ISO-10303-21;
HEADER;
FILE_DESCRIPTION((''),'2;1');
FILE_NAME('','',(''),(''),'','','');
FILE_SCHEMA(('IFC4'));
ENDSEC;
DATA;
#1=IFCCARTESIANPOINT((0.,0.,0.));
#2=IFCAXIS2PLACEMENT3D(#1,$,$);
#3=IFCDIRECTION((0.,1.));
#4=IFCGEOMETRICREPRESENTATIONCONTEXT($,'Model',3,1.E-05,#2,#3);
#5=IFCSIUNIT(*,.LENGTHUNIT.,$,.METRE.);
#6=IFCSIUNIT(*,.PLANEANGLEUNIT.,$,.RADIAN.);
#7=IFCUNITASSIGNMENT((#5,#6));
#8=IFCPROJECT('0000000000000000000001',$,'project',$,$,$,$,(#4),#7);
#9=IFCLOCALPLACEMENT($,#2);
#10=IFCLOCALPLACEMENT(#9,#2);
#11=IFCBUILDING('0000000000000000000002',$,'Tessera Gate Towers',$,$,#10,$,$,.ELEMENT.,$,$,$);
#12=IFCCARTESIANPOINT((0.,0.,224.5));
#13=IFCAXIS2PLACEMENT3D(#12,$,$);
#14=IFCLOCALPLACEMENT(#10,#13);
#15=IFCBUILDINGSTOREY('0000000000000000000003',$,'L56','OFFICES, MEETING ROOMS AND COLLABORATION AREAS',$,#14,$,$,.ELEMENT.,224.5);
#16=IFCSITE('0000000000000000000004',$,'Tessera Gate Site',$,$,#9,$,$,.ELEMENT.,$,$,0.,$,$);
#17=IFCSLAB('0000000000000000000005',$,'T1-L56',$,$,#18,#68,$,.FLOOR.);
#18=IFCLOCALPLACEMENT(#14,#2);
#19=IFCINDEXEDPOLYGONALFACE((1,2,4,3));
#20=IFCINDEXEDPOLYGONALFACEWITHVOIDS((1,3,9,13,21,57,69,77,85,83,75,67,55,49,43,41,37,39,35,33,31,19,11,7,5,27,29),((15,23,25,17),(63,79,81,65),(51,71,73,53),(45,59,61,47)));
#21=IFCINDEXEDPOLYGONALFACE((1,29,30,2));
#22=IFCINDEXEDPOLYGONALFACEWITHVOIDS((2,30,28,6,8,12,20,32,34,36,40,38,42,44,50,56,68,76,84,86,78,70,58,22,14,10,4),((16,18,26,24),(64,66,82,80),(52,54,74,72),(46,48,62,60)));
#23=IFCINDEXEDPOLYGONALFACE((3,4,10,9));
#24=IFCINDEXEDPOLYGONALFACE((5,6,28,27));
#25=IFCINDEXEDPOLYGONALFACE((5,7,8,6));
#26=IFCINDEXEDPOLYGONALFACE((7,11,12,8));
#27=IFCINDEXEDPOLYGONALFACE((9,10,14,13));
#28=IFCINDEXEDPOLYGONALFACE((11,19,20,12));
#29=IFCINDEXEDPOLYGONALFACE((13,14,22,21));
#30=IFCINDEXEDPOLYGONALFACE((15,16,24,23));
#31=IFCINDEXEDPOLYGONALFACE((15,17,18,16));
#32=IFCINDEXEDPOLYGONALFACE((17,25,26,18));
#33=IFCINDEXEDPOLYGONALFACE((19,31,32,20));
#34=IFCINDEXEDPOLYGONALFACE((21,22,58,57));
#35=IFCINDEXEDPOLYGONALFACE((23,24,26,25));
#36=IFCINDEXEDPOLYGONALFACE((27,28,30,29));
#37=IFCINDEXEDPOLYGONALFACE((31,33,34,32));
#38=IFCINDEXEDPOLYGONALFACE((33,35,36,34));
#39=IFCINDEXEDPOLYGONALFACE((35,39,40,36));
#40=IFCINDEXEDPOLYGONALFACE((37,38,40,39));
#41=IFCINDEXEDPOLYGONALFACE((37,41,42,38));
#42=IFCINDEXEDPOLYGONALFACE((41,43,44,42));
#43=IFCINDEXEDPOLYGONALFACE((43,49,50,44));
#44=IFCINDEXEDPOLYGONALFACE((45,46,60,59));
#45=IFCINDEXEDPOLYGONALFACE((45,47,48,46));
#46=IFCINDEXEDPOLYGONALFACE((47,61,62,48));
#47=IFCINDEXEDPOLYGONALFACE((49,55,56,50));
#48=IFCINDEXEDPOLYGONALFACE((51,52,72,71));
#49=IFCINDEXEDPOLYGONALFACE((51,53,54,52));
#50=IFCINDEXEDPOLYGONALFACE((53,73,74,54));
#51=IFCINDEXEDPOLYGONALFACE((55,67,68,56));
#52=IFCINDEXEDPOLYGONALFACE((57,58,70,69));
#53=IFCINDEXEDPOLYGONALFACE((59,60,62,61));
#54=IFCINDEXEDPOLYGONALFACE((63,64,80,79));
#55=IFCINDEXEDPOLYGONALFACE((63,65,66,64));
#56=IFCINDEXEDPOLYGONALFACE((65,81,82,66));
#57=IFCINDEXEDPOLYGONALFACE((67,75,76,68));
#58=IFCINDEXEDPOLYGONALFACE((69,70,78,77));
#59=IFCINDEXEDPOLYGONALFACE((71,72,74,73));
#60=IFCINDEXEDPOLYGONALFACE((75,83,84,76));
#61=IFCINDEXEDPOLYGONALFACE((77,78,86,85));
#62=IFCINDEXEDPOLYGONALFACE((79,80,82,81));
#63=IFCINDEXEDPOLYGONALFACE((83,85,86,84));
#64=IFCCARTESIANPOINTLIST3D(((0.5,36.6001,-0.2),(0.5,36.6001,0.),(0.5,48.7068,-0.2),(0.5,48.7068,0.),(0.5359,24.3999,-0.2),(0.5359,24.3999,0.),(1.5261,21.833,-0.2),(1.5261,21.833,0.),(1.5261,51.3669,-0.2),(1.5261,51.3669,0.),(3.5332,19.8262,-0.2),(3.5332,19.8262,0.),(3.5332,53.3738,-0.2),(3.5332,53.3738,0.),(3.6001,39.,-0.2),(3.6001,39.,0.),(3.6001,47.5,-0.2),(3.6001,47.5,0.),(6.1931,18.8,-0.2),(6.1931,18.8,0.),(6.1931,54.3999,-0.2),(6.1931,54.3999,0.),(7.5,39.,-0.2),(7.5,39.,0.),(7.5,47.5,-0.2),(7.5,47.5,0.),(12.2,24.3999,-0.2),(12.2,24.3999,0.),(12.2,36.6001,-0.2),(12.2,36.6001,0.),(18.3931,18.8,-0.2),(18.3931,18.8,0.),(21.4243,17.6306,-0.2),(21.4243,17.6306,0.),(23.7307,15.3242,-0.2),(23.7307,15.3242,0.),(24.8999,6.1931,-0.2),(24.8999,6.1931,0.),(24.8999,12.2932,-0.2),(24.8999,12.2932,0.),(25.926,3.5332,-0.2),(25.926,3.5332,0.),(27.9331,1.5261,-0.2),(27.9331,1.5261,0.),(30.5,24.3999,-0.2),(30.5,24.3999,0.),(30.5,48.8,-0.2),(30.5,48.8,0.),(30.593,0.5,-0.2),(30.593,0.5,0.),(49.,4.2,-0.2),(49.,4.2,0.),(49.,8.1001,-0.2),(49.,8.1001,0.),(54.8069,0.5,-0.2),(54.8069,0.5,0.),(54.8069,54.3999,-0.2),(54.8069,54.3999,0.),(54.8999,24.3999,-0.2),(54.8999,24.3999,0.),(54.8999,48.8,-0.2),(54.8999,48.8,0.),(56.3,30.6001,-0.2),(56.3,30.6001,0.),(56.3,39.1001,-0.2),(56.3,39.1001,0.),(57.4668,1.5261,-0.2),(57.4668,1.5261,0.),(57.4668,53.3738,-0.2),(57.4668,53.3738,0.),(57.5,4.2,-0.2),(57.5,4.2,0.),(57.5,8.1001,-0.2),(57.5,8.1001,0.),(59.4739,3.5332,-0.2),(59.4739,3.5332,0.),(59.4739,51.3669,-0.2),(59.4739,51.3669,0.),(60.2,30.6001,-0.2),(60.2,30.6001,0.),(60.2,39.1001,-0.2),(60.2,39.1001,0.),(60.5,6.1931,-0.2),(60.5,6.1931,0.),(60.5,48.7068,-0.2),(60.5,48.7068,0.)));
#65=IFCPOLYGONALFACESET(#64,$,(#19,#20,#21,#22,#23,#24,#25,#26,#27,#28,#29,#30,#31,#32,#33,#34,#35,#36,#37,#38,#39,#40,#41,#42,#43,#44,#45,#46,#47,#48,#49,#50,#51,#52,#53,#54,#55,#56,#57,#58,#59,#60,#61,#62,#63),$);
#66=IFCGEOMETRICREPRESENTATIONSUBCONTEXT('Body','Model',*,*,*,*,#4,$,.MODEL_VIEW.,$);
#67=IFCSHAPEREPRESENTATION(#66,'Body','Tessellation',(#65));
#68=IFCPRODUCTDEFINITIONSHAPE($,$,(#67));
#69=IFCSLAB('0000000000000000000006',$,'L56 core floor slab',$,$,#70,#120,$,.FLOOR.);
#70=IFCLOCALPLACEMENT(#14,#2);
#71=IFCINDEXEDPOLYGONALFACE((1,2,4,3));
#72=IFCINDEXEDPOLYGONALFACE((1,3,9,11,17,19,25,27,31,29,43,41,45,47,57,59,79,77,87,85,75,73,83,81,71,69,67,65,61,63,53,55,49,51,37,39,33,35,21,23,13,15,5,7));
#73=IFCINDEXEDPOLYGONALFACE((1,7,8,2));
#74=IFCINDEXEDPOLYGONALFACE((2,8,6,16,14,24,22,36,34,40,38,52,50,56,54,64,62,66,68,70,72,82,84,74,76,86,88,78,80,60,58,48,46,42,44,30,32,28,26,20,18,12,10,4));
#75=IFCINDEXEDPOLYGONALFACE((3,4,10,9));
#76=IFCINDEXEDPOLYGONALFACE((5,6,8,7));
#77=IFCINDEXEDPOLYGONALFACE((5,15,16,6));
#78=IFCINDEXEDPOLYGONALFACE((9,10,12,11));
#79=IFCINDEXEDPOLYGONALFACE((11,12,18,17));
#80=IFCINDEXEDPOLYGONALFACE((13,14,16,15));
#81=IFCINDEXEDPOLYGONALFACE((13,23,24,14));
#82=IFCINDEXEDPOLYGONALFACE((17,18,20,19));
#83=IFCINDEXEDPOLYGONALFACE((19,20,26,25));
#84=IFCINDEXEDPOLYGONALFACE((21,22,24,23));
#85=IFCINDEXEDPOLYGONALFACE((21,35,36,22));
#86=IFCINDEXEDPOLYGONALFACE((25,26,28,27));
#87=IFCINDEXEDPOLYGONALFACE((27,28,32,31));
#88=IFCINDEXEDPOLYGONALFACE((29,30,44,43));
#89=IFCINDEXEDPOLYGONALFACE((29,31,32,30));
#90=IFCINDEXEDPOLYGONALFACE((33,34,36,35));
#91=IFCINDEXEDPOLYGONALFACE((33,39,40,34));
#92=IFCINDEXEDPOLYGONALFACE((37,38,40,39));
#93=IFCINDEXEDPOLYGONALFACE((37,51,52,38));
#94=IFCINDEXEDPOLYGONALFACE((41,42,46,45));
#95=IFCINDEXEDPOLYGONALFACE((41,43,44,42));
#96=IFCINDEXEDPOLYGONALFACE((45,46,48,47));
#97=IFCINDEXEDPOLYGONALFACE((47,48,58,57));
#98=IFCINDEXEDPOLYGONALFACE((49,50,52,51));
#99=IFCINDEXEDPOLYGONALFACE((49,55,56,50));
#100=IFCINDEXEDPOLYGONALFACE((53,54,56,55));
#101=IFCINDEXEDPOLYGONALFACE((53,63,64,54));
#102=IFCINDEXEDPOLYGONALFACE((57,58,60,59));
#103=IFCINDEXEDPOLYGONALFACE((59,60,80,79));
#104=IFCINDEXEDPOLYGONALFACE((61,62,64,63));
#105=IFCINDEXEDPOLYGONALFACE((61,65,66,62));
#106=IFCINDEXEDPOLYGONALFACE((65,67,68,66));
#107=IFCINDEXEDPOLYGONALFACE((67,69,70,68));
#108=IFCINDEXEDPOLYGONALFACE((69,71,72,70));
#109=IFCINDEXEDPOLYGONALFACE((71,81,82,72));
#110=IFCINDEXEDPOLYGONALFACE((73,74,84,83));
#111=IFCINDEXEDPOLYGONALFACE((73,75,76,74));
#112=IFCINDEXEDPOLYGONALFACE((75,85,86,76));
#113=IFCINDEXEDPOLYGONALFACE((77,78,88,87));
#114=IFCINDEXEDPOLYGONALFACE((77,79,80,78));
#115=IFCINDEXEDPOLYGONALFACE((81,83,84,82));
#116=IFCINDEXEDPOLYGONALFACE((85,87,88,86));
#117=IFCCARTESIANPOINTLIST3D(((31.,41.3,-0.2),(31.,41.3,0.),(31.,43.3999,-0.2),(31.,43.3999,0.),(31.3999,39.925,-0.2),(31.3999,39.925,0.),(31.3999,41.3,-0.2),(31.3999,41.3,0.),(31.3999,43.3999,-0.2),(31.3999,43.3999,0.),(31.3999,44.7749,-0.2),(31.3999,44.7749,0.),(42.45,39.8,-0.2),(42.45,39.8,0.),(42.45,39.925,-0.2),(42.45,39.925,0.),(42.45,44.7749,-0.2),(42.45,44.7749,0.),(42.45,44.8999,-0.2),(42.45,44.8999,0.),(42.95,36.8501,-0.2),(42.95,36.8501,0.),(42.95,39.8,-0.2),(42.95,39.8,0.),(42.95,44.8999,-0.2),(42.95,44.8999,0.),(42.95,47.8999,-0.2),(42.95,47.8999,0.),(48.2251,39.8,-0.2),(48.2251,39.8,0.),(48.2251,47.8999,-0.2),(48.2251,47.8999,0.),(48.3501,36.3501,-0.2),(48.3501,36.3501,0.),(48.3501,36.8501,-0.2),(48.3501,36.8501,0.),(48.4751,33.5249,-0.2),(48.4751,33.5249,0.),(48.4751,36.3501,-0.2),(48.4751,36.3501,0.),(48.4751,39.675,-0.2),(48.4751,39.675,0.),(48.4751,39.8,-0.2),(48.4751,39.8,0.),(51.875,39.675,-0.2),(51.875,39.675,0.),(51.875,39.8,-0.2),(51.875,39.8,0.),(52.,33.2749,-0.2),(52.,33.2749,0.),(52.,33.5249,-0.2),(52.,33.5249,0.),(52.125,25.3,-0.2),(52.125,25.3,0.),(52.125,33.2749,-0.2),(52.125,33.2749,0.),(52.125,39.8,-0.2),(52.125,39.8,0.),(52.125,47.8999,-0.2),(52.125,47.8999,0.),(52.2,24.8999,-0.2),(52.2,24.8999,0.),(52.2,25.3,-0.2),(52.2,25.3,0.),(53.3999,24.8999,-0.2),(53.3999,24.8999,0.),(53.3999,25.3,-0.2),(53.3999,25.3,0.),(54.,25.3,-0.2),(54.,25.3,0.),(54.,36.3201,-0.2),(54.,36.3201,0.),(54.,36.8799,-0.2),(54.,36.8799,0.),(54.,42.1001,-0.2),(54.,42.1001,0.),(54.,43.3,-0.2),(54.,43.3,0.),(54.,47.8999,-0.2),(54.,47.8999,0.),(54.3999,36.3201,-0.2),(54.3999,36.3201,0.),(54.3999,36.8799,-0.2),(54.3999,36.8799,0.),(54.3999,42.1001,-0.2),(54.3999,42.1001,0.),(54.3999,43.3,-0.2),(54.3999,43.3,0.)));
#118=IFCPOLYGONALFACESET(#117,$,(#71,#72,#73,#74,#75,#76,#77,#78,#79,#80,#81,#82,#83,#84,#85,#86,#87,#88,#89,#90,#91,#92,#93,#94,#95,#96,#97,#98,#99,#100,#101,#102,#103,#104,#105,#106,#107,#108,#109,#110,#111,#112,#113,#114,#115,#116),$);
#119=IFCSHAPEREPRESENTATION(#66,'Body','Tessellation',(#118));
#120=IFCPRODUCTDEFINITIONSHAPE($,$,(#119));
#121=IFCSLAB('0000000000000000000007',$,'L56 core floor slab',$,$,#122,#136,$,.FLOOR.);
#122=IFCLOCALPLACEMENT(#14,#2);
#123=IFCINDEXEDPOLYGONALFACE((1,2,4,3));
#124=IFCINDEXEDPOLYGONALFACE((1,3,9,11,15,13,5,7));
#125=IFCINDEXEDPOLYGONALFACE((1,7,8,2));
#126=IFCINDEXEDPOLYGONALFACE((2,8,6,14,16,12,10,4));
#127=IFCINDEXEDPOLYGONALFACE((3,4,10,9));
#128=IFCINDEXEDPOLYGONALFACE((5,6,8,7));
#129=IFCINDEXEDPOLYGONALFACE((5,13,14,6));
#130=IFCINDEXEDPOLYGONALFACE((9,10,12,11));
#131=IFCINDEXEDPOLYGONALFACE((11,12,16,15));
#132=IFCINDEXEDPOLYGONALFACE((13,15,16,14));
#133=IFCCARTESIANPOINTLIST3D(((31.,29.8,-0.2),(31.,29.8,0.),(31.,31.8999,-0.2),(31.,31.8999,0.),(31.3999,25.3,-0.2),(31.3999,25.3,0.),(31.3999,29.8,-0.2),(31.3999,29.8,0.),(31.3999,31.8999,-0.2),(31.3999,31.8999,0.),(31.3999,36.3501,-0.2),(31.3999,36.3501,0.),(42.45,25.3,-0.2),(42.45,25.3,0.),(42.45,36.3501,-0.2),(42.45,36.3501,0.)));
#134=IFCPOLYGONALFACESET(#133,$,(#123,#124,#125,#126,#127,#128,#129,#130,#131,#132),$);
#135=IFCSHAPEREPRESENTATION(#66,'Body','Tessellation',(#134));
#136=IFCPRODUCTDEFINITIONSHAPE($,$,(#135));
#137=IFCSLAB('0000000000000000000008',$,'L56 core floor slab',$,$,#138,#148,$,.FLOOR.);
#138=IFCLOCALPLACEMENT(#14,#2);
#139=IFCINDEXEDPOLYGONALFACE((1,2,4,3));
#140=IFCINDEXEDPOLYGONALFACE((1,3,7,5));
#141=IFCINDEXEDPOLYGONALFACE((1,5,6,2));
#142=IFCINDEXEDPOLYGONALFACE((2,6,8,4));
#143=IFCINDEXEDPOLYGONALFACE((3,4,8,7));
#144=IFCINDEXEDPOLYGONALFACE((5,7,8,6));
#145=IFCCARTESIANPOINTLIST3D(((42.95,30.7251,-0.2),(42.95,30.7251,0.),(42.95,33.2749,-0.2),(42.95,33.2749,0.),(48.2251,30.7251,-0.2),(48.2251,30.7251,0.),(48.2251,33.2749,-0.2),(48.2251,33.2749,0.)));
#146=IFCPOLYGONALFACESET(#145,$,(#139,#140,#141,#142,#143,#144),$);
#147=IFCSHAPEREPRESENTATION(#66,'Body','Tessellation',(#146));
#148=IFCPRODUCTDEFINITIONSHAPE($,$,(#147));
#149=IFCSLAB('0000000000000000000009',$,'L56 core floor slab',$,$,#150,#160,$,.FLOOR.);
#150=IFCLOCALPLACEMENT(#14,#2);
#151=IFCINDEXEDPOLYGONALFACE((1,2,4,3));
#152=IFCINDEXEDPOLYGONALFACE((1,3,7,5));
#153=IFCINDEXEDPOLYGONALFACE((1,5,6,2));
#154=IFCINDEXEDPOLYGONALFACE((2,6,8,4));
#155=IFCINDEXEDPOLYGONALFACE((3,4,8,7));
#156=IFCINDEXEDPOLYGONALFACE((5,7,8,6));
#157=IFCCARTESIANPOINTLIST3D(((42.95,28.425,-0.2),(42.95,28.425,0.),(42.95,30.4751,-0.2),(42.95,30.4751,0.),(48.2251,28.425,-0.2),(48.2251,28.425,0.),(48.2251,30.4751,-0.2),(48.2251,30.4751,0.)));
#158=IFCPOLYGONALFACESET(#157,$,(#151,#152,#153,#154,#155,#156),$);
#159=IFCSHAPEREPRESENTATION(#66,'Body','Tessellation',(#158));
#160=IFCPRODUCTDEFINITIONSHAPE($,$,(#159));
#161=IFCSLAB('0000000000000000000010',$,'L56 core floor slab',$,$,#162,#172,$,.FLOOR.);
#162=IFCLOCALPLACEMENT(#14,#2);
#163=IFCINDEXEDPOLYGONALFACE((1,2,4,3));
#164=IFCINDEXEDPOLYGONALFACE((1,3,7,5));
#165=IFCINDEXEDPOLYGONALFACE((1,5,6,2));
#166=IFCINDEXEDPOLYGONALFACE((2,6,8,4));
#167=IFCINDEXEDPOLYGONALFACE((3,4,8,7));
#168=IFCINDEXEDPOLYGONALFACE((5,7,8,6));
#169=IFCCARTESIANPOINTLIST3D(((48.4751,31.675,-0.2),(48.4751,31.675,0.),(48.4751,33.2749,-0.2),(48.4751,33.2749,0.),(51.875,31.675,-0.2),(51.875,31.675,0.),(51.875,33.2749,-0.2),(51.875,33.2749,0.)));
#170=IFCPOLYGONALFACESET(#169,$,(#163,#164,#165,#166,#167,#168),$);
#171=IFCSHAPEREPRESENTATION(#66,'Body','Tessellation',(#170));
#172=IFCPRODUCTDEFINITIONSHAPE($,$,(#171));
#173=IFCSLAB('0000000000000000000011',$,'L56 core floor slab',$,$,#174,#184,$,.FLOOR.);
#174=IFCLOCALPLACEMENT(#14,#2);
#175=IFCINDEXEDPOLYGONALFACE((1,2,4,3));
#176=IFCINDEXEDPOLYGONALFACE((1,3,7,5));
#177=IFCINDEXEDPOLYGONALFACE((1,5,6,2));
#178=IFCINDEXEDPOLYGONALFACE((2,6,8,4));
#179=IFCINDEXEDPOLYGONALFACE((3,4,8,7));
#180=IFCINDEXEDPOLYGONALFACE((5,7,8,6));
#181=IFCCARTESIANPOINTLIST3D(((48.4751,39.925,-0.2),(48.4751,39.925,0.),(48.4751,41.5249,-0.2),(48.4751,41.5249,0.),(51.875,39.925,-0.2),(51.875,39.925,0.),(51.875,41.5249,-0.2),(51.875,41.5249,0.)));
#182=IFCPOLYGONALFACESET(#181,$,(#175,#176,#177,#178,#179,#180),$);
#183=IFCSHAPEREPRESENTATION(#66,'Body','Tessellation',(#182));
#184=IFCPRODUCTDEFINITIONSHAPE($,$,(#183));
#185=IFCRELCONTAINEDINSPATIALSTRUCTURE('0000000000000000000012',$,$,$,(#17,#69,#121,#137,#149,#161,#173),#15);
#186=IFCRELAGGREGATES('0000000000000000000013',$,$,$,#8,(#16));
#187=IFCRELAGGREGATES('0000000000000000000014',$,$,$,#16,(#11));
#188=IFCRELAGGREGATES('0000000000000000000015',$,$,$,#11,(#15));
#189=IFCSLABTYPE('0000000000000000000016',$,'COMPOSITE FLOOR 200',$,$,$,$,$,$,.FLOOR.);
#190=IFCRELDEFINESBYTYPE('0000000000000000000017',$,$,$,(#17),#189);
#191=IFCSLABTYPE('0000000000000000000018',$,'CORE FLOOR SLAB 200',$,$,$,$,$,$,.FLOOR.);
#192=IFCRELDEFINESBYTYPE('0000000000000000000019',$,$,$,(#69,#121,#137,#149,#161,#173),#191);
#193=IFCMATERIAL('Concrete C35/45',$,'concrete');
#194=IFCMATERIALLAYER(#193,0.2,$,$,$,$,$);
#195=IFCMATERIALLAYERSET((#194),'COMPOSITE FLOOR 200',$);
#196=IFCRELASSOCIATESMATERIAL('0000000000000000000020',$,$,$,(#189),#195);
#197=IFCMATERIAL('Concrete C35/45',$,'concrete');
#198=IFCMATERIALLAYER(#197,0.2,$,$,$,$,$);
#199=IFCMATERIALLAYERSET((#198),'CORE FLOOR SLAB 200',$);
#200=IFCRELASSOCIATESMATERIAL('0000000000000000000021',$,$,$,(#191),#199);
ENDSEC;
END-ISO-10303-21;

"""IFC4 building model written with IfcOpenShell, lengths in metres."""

from ifc_helpers import new_model, si_unit, direction, frame, origin, place, context, subcontext, project, spatial, polyline, outline, extrude, material, layer, layer_set, type_object, element, save


model = new_model("IFC4")

# Units and contexts
model_context = context("Model", 3, precision=1e-05, world=origin(), true_north=direction((0.0, 1.0)))
body_context = subcontext(model_context, "Body", "Model", "MODEL_VIEW")
ifc_project = project(units=[si_unit("LENGTHUNIT", "METRE"), si_unit("PLANEANGLEUNIT", "RADIAN")], contexts=[model_context])

# Site, building, storey
site_placement = place(None, origin())
site = spatial("IfcSite", under=ifc_project, at=site_placement, Name="Tessera Gate Site", CompositionType="ELEMENT", RefElevation=0.0)
building_placement = place(site_placement, origin())
building = spatial("IfcBuilding", under=site, at=building_placement, Name="Tessera Gate Towers", CompositionType="ELEMENT")
storey_placement = place(building_placement, frame((0.0, 0.0, 224.5)))
storey = spatial("IfcBuildingStorey", under=building, at=storey_placement, Name="L56", Description="OFFICES, MEETING ROOMS AND COLLABORATION AREAS", CompositionType="ELEMENT", Elevation=224.5)

# Slabs
ifc_material_1 = material(Name="Concrete C35/45", Category="concrete")
ifc_layer_1 = layer(ifc_material_1, 0.2)
ifc_layer_set_1 = layer_set([ifc_layer_1], Name="COMPOSITE FLOOR 200")
slab_type_1 = type_object("IfcSlabType", Name="COMPOSITE FLOOR 200", PredefinedType="FLOOR", material=ifc_layer_set_1)
slab_1_placement = place(storey_placement, frame((0.0, 0.0, -0.2)))
element("IfcSlab", 1, at=slab_1_placement, inside=storey, type_object=slab_type_1, Name="T1-L56", PredefinedType="FLOOR", context=body_context, shape_type="SweptSolid", body=[
    extrude(outline(polyline([(0.5, 36.6001), (12.2, 36.6001), (12.2, 24.3999), (0.5359, 24.3999), (1.5261, 21.833), (3.5332, 19.8262), (6.1931, 18.8), (18.3931, 18.8), (21.4243, 17.6306), (23.7307, 15.3242), (24.8999, 12.2932), (24.8999, 6.1931), (25.926, 3.5332), (27.9331, 1.5261), (30.593, 0.5), (54.8069, 0.5), (57.4668, 1.5261), (59.4739, 3.5332), (60.5, 6.1931), (60.5, 48.7068), (59.4739, 51.3669), (57.4668, 53.3738), (54.8069, 54.3999), (6.1931, 54.3999), (3.5332, 53.3738), (1.5261, 51.3669), (0.5, 48.7068), (0.5, 36.6001)]), holes=[polyline([(3.6001, 39.0), (3.6001, 47.5), (7.5, 47.5), (7.5, 39.0), (3.6001, 39.0)]), polyline([(30.5, 24.3999), (30.5, 48.8), (54.8999, 48.8), (54.8999, 24.3999), (30.5, 24.3999)]), polyline([(49.0, 4.2), (49.0, 8.1001), (57.5, 8.1001), (57.5, 4.2), (49.0, 4.2)]), polyline([(56.3, 30.6001), (56.3, 39.1001), (60.2, 39.1001), (60.2, 30.6001), (56.3, 30.6001)])]), origin(), (0.0, 0.0, 1.0), 0.2),
])
ifc_material_2 = material(Name="Concrete C35/45", Category="concrete")
ifc_layer_2 = layer(ifc_material_2, 0.2)
ifc_layer_set_2 = layer_set([ifc_layer_2], Name="CORE FLOOR SLAB 200")
slab_type_2 = type_object("IfcSlabType", Name="CORE FLOOR SLAB 200", PredefinedType="FLOOR", material=ifc_layer_set_2)
slab_2_placement = place(storey_placement, frame((0.0, 0.0, -0.2)))
element("IfcSlab", 2, at=slab_2_placement, inside=storey, type_object=slab_type_2, Name="L56 core floor slab", PredefinedType="FLOOR", context=body_context, shape_type="SweptSolid", body=[
    extrude(outline(polyline([(42.45, 44.8999), (42.45, 44.7749), (31.3999, 44.7749), (31.3999, 43.3999), (31.0, 43.3999), (31.0, 41.3), (31.3999, 41.3), (31.3999, 39.925), (42.45, 39.925), (42.45, 39.8), (42.95, 39.8), (42.95, 36.8501), (48.3501, 36.8501), (48.3501, 36.3501), (48.4751, 36.3501), (48.4751, 33.5249), (52.0, 33.5249), (52.0, 33.2749), (52.125, 33.2749), (52.125, 25.3), (52.2, 25.3), (52.2, 24.8999), (53.3999, 24.8999), (53.3999, 25.3), (54.0, 25.3), (54.0, 36.3201), (54.3999, 36.3201), (54.3999, 36.8799), (54.0, 36.8799), (54.0, 42.1001), (54.3999, 42.1001), (54.3999, 43.3), (54.0, 43.3), (54.0, 47.8999), (52.125, 47.8999), (52.125, 39.8), (51.875, 39.8), (51.875, 39.675), (48.4751, 39.675), (48.4751, 39.8), (48.2251, 39.8), (48.2251, 47.8999), (42.95, 47.8999), (42.95, 44.8999), (42.45, 44.8999)])), origin(), (0.0, 0.0, 1.0), 0.2),
])
slab_3_placement = place(storey_placement, frame((0.0, 0.0, -0.2)))
element("IfcSlab", 3, at=slab_3_placement, inside=storey, type_object=slab_type_2, Name="L56 core floor slab", PredefinedType="FLOOR", context=body_context, shape_type="SweptSolid", body=[
    extrude(outline(polyline([(31.3999, 36.3501), (31.3999, 31.8999), (31.0, 31.8999), (31.0, 29.8), (31.3999, 29.8), (31.3999, 25.3), (42.45, 25.3), (42.45, 36.3501), (31.3999, 36.3501)])), origin(), (0.0, 0.0, 1.0), 0.2),
])
slab_4_placement = place(storey_placement, frame((0.0, 0.0, -0.2)))
element("IfcSlab", 4, at=slab_4_placement, inside=storey, type_object=slab_type_2, Name="L56 core floor slab", PredefinedType="FLOOR", context=body_context, shape_type="SweptSolid", body=[
    extrude(outline(polyline([(42.95, 33.2749), (42.95, 30.7251), (48.2251, 30.7251), (48.2251, 33.2749), (42.95, 33.2749)])), origin(), (0.0, 0.0, 1.0), 0.2),
])
slab_5_placement = place(storey_placement, frame((0.0, 0.0, -0.2)))
element("IfcSlab", 5, at=slab_5_placement, inside=storey, type_object=slab_type_2, Name="L56 core floor slab", PredefinedType="FLOOR", context=body_context, shape_type="SweptSolid", body=[
    extrude(outline(polyline([(48.2251, 30.4751), (42.95, 30.4751), (42.95, 28.425), (48.2251, 28.425), (48.2251, 30.4751)])), origin(), (0.0, 0.0, 1.0), 0.2),
])
slab_6_placement = place(storey_placement, frame((0.0, 0.0, -0.2)))
element("IfcSlab", 6, at=slab_6_placement, inside=storey, type_object=slab_type_2, Name="L56 core floor slab", PredefinedType="FLOOR", context=body_context, shape_type="SweptSolid", body=[
    extrude(outline(polyline([(51.875, 31.675), (51.875, 33.2749), (48.4751, 33.2749), (48.4751, 31.675), (51.875, 31.675)])), origin(), (0.0, 0.0, 1.0), 0.2),
])
slab_7_placement = place(storey_placement, frame((0.0, 0.0, -0.2)))
element("IfcSlab", 7, at=slab_7_placement, inside=storey, type_object=slab_type_2, Name="L56 core floor slab", PredefinedType="FLOOR", context=body_context, shape_type="SweptSolid", body=[
    extrude(outline(polyline([(48.4751, 41.5249), (48.4751, 39.925), (51.875, 39.925), (51.875, 41.5249), (48.4751, 41.5249)])), origin(), (0.0, 0.0, 1.0), 0.2),
])

save(model, "model.ifc")
